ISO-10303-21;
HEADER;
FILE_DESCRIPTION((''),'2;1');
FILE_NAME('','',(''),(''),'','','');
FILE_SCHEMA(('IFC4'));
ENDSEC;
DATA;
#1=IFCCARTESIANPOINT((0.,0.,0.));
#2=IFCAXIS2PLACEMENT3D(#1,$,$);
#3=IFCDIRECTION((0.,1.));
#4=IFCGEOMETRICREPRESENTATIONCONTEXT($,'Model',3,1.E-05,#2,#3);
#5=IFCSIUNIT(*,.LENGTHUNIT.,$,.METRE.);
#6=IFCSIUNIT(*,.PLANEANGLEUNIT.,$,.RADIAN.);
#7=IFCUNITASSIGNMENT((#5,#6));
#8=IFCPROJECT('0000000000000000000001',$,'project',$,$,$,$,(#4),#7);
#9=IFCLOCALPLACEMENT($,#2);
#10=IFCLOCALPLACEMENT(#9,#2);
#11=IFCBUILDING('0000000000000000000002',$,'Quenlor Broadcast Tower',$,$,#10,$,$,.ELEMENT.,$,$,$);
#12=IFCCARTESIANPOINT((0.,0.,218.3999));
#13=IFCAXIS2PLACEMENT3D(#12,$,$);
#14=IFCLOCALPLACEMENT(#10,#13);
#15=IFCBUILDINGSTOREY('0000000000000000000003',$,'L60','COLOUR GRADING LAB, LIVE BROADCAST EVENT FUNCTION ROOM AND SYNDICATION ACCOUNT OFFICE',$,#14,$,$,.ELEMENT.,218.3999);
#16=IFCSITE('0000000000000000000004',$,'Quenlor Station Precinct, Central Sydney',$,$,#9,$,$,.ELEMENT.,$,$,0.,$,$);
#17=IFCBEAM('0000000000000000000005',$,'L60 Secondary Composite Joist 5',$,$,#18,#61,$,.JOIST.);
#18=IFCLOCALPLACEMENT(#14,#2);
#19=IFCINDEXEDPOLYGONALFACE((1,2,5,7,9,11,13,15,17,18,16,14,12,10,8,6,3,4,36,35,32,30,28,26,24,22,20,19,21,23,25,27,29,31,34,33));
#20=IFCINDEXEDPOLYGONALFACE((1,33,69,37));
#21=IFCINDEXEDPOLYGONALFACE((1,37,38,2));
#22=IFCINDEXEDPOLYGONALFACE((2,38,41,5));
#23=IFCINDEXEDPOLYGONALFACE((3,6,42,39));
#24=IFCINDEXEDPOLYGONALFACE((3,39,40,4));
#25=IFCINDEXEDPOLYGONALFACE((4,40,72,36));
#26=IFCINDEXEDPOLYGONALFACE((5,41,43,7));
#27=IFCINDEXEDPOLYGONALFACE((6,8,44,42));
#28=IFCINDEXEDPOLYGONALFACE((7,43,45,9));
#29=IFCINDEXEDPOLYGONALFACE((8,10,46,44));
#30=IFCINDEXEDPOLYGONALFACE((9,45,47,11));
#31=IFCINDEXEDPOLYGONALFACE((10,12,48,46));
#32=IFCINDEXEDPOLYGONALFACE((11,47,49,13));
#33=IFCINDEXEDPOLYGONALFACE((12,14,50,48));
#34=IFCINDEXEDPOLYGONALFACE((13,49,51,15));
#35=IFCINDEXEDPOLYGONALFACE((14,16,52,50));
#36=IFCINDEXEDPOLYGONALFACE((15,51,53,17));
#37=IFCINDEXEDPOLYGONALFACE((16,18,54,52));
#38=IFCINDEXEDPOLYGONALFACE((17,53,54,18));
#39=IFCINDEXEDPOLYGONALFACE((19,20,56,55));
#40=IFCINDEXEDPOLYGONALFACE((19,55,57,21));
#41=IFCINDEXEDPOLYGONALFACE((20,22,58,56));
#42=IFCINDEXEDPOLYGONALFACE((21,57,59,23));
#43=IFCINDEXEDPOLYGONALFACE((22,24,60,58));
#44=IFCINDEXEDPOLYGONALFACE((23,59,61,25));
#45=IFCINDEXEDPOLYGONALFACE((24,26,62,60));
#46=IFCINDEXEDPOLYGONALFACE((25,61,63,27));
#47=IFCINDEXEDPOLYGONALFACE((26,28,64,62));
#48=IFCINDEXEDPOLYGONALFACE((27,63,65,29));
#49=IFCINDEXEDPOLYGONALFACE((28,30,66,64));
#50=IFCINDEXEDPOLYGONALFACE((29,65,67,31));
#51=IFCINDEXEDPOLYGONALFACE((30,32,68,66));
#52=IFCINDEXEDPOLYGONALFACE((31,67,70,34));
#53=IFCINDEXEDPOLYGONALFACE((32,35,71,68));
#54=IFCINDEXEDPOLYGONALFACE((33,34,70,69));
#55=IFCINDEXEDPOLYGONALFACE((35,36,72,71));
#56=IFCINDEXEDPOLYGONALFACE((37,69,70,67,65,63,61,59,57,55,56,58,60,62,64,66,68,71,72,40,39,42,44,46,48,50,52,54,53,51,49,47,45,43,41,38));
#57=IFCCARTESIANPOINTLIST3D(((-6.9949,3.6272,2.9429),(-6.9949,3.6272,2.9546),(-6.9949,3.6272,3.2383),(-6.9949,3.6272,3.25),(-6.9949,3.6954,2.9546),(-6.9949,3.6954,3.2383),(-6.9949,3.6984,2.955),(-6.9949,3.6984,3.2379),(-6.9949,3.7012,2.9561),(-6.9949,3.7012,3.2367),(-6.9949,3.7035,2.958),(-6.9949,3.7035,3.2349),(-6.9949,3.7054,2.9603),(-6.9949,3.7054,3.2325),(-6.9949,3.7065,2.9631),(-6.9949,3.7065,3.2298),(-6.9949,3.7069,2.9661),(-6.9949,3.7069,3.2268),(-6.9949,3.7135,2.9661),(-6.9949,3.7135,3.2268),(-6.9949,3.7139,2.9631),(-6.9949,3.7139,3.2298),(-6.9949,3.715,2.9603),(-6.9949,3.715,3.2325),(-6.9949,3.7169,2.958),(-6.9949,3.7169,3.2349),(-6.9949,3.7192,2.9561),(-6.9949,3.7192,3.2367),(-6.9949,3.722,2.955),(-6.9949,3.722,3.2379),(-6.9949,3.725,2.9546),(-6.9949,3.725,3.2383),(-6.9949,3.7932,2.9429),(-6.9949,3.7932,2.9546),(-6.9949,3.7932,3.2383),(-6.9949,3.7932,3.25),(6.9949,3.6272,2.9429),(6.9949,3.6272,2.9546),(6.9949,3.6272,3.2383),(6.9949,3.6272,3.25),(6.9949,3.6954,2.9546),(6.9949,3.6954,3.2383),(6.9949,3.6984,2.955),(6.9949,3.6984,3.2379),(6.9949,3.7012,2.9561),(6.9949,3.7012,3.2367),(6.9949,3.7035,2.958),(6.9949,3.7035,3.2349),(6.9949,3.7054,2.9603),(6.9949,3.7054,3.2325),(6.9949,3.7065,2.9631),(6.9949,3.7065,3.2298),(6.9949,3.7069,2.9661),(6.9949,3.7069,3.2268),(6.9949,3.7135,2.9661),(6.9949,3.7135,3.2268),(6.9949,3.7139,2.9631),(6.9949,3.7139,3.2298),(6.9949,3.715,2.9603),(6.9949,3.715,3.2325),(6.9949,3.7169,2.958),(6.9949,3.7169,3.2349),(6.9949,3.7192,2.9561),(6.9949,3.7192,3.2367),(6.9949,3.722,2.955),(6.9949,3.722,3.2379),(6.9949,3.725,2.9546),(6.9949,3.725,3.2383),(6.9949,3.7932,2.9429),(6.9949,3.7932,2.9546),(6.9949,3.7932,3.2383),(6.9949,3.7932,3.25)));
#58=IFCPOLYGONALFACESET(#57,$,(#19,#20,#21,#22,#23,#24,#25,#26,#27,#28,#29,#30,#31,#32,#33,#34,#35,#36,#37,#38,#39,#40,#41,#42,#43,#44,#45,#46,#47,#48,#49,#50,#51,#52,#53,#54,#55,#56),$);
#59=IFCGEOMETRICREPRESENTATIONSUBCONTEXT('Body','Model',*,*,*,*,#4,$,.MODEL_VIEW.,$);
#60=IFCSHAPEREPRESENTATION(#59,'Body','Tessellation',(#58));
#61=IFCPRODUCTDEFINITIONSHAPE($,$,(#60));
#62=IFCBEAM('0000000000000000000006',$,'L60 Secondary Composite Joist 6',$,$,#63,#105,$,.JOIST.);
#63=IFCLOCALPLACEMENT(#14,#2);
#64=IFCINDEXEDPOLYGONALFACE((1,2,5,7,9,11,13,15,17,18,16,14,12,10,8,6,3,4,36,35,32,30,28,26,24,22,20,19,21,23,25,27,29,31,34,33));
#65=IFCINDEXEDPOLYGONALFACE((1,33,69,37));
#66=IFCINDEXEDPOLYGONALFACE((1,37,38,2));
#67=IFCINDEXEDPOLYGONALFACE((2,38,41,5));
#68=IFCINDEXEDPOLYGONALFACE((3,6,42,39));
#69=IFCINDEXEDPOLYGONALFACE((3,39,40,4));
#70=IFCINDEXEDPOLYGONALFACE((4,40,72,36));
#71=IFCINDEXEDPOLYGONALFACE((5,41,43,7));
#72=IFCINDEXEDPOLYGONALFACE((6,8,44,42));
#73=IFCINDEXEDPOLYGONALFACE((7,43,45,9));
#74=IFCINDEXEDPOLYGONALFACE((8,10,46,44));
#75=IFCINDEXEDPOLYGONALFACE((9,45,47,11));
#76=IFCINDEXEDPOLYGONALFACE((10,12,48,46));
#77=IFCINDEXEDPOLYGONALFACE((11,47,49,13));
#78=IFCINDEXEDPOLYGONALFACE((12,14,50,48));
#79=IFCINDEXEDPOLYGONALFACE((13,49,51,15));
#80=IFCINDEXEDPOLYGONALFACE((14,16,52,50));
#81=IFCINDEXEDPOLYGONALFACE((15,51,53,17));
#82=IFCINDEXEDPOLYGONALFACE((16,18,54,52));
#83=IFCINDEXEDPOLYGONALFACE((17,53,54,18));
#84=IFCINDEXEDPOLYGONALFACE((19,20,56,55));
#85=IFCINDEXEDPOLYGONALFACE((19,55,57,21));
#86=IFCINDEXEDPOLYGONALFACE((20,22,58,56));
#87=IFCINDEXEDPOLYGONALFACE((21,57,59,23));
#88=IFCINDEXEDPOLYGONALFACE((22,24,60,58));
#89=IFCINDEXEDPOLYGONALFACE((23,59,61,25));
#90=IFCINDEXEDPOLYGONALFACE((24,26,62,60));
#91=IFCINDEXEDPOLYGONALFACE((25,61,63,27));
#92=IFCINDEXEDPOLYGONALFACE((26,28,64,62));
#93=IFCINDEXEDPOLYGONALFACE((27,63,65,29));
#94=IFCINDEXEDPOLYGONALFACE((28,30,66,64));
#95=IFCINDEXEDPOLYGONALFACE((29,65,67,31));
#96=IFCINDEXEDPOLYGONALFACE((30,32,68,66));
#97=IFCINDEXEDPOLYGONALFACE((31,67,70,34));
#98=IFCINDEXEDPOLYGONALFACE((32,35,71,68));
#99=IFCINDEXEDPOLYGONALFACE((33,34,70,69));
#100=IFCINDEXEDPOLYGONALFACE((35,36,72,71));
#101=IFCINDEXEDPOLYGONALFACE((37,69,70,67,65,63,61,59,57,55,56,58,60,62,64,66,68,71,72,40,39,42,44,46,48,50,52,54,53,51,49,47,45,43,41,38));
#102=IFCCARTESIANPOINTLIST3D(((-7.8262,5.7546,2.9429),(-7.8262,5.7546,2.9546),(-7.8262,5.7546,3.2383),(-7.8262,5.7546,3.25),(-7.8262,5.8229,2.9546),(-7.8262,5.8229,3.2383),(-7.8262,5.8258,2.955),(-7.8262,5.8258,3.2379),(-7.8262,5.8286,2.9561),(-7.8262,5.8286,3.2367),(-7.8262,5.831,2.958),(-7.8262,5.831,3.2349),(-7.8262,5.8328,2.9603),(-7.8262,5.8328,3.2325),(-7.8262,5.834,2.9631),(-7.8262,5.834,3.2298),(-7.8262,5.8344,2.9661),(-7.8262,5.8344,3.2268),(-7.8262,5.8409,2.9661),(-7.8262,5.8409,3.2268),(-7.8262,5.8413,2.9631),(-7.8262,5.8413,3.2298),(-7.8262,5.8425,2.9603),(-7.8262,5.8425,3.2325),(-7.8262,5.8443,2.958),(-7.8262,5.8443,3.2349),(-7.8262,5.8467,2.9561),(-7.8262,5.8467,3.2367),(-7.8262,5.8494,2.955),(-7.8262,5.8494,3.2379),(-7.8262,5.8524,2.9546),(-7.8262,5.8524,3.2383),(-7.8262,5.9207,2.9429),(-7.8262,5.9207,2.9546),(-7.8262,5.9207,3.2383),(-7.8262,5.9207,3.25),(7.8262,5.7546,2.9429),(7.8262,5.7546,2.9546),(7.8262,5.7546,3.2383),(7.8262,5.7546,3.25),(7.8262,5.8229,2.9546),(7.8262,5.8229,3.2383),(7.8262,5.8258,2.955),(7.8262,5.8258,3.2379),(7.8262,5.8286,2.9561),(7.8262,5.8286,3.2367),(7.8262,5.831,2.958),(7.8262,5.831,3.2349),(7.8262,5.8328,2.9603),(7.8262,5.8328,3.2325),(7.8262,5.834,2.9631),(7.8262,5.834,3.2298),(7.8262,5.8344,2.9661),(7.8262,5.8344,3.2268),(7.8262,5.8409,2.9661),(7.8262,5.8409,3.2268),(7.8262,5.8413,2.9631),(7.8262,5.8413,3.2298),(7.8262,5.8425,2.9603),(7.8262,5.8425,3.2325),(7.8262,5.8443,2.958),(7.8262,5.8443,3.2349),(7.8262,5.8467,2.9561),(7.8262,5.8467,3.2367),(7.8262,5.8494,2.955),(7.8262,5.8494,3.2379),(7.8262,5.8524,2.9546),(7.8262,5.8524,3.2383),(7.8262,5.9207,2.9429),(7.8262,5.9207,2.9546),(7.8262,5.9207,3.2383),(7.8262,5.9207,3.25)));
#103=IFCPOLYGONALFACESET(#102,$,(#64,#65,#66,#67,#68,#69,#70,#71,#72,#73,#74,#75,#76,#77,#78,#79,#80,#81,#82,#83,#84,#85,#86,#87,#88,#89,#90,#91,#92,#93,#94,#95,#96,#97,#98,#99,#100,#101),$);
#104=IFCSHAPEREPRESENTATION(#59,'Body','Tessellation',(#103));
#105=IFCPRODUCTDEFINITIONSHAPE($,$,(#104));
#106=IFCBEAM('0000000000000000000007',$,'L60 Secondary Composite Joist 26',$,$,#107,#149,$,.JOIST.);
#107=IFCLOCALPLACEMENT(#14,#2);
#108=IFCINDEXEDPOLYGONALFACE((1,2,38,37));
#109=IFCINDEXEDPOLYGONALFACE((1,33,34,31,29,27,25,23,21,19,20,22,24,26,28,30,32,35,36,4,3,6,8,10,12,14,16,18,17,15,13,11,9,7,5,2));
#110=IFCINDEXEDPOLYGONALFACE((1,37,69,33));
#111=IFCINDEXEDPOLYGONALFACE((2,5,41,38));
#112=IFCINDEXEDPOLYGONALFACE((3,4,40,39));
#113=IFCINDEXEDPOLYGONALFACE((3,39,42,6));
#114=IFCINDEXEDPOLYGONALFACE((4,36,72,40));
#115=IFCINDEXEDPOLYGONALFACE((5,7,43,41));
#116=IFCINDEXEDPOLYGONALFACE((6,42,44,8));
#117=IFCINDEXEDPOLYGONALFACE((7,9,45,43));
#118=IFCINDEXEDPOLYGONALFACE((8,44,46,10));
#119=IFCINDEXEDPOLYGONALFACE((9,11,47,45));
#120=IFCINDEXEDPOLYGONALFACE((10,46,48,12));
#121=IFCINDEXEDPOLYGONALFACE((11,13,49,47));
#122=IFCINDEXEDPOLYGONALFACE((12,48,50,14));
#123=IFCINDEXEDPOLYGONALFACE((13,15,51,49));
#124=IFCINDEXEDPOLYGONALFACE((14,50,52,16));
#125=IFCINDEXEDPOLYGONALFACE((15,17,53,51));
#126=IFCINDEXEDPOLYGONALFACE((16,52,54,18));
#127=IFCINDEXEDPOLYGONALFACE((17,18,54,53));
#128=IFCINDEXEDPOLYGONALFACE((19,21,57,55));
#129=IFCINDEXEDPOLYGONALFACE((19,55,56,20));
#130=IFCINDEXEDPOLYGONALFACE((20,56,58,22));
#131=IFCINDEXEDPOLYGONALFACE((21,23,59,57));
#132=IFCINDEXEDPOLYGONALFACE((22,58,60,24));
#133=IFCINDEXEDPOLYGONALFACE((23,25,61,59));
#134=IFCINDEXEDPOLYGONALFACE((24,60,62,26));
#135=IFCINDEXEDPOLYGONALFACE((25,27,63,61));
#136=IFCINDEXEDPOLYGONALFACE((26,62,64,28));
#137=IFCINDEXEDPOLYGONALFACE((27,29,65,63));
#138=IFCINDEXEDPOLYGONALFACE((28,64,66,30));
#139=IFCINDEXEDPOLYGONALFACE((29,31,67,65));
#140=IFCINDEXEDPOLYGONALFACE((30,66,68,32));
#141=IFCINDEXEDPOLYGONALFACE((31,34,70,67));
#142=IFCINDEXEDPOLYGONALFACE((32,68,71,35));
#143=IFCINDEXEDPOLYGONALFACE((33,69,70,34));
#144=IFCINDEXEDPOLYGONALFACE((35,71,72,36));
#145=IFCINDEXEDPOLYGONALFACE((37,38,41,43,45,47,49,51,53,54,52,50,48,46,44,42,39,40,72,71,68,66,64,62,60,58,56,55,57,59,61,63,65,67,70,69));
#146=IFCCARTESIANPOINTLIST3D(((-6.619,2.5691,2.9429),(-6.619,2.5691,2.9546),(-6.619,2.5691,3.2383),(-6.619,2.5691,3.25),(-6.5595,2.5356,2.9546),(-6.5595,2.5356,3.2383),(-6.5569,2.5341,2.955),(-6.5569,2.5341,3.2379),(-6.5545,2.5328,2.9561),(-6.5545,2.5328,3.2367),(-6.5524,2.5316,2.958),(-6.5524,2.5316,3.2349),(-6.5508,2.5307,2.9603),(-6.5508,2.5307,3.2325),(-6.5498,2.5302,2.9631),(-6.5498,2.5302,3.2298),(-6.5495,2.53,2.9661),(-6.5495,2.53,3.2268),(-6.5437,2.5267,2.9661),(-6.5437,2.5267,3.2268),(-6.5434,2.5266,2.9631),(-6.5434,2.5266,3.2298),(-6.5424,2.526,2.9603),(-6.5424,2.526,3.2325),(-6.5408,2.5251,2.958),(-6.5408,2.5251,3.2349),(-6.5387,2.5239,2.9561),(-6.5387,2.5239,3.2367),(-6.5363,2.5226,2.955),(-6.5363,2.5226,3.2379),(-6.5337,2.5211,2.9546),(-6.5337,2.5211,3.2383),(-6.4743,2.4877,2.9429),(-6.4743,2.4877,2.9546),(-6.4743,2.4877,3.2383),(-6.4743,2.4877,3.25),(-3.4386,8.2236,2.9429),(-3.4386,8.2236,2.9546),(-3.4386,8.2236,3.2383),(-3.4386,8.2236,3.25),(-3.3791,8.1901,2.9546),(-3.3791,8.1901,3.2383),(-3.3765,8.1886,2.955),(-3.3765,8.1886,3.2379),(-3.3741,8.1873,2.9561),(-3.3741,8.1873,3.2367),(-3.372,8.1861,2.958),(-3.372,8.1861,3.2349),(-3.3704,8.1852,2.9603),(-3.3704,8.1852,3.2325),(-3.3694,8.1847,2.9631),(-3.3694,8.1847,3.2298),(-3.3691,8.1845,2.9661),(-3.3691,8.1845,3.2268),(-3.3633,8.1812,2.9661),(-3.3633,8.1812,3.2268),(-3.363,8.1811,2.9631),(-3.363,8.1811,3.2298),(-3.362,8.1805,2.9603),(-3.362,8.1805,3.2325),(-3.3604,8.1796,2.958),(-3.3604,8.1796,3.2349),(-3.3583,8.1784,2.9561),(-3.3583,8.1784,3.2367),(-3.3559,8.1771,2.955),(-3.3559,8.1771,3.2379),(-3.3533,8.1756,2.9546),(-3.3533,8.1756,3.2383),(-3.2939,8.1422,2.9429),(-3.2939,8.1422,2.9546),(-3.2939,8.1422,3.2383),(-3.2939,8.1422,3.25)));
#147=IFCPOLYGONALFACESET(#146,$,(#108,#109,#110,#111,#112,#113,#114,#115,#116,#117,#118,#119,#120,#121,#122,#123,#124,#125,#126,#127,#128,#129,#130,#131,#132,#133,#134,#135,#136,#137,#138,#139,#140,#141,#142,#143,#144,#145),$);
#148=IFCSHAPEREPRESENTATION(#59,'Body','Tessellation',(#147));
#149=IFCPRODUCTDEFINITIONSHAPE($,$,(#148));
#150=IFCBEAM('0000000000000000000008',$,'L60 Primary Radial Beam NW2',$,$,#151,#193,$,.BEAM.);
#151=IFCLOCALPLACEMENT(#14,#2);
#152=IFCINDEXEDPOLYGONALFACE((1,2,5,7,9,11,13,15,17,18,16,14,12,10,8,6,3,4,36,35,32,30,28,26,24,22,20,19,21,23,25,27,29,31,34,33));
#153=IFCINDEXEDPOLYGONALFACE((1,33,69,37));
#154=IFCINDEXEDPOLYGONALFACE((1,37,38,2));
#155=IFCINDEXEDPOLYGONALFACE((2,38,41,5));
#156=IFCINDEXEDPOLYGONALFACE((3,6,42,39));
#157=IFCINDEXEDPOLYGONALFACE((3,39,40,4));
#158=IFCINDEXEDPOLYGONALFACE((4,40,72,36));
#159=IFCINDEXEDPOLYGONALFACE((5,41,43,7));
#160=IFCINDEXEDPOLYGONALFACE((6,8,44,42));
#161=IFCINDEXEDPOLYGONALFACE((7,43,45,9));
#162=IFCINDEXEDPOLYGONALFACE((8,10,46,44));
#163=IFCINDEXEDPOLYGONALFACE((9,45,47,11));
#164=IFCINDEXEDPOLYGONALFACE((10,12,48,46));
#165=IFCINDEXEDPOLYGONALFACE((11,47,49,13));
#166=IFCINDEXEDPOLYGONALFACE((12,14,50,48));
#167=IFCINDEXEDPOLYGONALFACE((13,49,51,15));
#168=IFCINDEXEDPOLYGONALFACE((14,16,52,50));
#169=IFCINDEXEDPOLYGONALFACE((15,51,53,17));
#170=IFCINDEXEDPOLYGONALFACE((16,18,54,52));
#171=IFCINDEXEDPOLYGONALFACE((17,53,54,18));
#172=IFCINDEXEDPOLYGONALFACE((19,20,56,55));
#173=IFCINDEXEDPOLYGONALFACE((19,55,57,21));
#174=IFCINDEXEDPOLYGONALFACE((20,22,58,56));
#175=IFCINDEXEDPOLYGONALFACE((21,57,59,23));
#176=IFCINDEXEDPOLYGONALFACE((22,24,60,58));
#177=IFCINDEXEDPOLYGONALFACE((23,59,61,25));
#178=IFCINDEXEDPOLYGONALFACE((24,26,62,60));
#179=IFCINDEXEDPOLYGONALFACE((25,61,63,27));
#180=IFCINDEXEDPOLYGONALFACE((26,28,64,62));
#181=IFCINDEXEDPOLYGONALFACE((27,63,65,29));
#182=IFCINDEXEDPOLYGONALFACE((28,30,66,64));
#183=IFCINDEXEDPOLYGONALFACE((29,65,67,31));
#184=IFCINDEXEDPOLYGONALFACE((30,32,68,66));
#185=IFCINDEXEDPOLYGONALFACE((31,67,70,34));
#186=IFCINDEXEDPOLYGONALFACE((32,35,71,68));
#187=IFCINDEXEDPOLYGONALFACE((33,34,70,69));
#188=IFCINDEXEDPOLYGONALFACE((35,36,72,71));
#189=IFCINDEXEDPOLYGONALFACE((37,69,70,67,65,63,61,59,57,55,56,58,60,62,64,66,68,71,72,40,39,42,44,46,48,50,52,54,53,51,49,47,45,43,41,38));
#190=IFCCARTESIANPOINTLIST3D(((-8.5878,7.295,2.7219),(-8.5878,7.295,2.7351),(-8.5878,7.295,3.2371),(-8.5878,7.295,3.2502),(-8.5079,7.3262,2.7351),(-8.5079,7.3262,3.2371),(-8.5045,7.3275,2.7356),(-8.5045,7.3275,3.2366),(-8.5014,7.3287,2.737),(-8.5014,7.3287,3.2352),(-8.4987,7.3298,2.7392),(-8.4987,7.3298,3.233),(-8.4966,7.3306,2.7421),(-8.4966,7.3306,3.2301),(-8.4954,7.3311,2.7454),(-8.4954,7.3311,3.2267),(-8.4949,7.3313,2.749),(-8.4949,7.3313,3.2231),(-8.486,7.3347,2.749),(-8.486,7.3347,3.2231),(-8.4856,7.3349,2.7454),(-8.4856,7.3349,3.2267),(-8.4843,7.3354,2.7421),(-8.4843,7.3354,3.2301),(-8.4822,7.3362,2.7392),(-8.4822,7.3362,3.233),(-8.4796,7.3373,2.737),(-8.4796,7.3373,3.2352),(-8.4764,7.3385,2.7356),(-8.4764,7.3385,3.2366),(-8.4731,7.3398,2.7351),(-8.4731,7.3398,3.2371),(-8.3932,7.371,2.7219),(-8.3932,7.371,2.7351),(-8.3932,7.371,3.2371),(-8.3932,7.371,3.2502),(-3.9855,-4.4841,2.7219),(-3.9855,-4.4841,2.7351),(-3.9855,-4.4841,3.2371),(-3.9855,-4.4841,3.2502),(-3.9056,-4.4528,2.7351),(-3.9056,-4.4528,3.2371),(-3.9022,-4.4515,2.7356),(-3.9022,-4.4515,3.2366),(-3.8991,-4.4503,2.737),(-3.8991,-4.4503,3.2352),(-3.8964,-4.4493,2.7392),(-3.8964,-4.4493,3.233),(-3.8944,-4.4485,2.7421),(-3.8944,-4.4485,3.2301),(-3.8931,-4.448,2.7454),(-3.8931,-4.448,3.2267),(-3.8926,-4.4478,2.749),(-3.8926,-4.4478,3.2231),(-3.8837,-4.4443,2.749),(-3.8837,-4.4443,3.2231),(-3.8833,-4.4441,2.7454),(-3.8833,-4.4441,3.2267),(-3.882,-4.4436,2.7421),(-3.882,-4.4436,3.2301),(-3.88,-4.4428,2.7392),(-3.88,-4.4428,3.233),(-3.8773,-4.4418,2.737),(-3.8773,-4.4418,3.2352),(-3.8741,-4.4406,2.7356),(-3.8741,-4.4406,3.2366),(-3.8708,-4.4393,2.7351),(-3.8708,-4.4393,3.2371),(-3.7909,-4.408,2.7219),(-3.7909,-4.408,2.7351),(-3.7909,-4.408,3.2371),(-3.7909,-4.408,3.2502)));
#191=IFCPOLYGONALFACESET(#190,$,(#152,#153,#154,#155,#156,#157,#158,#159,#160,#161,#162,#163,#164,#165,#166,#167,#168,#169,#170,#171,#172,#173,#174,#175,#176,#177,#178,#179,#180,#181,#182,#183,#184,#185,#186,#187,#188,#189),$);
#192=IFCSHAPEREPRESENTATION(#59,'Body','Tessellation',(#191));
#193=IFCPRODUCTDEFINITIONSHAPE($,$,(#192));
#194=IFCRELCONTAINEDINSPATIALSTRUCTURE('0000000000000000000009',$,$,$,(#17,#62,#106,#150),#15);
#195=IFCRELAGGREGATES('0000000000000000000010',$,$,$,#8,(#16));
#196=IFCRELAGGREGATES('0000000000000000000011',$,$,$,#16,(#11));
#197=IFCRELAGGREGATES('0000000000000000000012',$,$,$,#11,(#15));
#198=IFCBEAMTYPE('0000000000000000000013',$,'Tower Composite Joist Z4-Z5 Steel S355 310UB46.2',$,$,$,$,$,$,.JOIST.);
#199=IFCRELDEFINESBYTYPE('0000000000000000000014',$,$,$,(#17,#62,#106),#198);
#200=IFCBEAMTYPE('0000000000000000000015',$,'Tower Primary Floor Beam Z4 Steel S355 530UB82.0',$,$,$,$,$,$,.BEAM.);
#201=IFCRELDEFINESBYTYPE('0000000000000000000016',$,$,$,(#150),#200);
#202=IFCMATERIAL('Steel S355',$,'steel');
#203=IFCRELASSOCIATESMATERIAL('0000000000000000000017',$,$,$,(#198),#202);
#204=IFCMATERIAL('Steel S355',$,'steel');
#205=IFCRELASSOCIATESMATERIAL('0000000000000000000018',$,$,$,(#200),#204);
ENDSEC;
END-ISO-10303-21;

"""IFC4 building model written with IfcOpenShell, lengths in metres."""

from ifc_helpers import new_model, si_unit, direction, frame, origin, origin_2d, place, context, subcontext, project, spatial, i_section, extrude, material, material_profile, profile_set, type_object, element, save


model = new_model("IFC4")

# Units and contexts
model_context = context("Model", 3, precision=1e-05, world=origin(), true_north=direction((0.0, 1.0)))
body_context = subcontext(model_context, "Body", "Model", "MODEL_VIEW")
ifc_project = project(units=[si_unit("LENGTHUNIT", "METRE"), si_unit("PLANEANGLEUNIT", "RADIAN")], contexts=[model_context])

# Site, building, storey
site_placement = place(None, origin())
site = spatial("IfcSite", under=ifc_project, at=site_placement, Name="Quenlor Station Precinct, Central Sydney", CompositionType="ELEMENT", RefElevation=0.0)
building_placement = place(site_placement, origin())
building = spatial("IfcBuilding", under=site, at=building_placement, Name="Quenlor Broadcast Tower", CompositionType="ELEMENT")
storey_placement = place(building_placement, frame((0.0, 0.0, 218.3999)))
storey = spatial("IfcBuildingStorey", under=building, at=storey_placement, Name="L60", Description="COLOUR GRADING LAB, LIVE BROADCAST EVENT FUNCTION ROOM AND SYNDICATION ACCOUNT OFFICE", CompositionType="ELEMENT", Elevation=218.3999)

# Beams
ifc_material_1 = material(Name="Steel S355", Category="steel")
ifc_material_profile_1 = material_profile(ifc_material_1, i_section(OverallWidth=0.166, OverallDepth=0.3071, WebThickness=0.0066, FlangeThickness=0.0117, FilletRadius=0.0115, at=origin_2d()))
ifc_profile_set_1 = profile_set([ifc_material_profile_1], Name="Steel S355 310UB46.2")
beam_type_1 = type_object("IfcBeamType", Name="Tower Composite Joist Z4-Z5 Steel S355 310UB46.2", PredefinedType="JOIST", material=ifc_profile_set_1)
beam_1_placement = place(storey_placement, frame((-6.9949, 3.7102, 3.0964), z_axis=(1.0, 0.0, 0.0), x_axis=(0.0, 1.0, 0.0)))
element("IfcBeam", 1, at=beam_1_placement, inside=storey, type_object=beam_type_1, Name="L60 Secondary Composite Joist 5", PredefinedType="JOIST", context=body_context, shape_type="SweptSolid", body=[
    extrude(i_section(OverallWidth=0.166, OverallDepth=0.3071, WebThickness=0.0066, FlangeThickness=0.0117, FilletRadius=0.0115, at=origin_2d()), origin(), (0.0, 0.0, 1.0), 13.9897),
])
beam_2_placement = place(storey_placement, frame((-7.8262, 5.8376, 3.0964), z_axis=(1.0, 0.0, 0.0), x_axis=(0.0, 1.0, 0.0)))
element("IfcBeam", 2, at=beam_2_placement, inside=storey, type_object=beam_type_1, Name="L60 Secondary Composite Joist 6", PredefinedType="JOIST", context=body_context, shape_type="SweptSolid", body=[
    extrude(i_section(OverallWidth=0.166, OverallDepth=0.3071, WebThickness=0.0066, FlangeThickness=0.0117, FilletRadius=0.0115, at=origin_2d()), origin(), (0.0, 0.0, 1.0), 15.6523),
])
beam_3_placement = place(storey_placement, frame((-3.3662, 8.1829, 3.0964), z_axis=(-0.490231, -0.871593, 0.0), x_axis=(0.871593, -0.490231, 0.0)))
element("IfcBeam", 3, at=beam_3_placement, inside=storey, type_object=beam_type_1, Name="L60 Secondary Composite Joist 26", PredefinedType="JOIST", context=body_context, shape_type="SweptSolid", body=[
    extrude(i_section(OverallWidth=0.166, OverallDepth=0.3071, WebThickness=0.0066, FlangeThickness=0.0117, FilletRadius=0.0115, at=origin_2d()), origin(), (0.0, 0.0, 1.0), 6.4875),
])
ifc_material_2 = material(Name="Steel S355", Category="steel")
ifc_material_profile_2 = material_profile(ifc_material_2, i_section(OverallWidth=0.209, OverallDepth=0.5283, WebThickness=0.0095, FlangeThickness=0.0132, FilletRadius=0.0139, at=origin_2d()))
ifc_profile_set_2 = profile_set([ifc_material_profile_2], Name="Steel S355 530UB82.0")
beam_type_2 = type_object("IfcBeamType", Name="Tower Primary Floor Beam Z4 Steel S355 530UB82.0", PredefinedType="BEAM", material=ifc_profile_set_2)
beam_4_placement = place(storey_placement, frame((-8.4905, 7.333, 2.9861), z_axis=(0.363926, -0.931428, 0.0), x_axis=(0.931428, 0.363926, 0.0)))
element("IfcBeam", 4, at=beam_4_placement, inside=storey, type_object=beam_type_2, Name="L60 Primary Radial Beam NW2", PredefinedType="BEAM", context=body_context, shape_type="SweptSolid", body=[
    extrude(i_section(OverallWidth=0.209, OverallDepth=0.5283, WebThickness=0.0095, FlangeThickness=0.0132, FilletRadius=0.0139, at=origin_2d()), origin(), (0.0, 0.0, 1.0), 12.6462),
])

save(model, "model.ifc")
